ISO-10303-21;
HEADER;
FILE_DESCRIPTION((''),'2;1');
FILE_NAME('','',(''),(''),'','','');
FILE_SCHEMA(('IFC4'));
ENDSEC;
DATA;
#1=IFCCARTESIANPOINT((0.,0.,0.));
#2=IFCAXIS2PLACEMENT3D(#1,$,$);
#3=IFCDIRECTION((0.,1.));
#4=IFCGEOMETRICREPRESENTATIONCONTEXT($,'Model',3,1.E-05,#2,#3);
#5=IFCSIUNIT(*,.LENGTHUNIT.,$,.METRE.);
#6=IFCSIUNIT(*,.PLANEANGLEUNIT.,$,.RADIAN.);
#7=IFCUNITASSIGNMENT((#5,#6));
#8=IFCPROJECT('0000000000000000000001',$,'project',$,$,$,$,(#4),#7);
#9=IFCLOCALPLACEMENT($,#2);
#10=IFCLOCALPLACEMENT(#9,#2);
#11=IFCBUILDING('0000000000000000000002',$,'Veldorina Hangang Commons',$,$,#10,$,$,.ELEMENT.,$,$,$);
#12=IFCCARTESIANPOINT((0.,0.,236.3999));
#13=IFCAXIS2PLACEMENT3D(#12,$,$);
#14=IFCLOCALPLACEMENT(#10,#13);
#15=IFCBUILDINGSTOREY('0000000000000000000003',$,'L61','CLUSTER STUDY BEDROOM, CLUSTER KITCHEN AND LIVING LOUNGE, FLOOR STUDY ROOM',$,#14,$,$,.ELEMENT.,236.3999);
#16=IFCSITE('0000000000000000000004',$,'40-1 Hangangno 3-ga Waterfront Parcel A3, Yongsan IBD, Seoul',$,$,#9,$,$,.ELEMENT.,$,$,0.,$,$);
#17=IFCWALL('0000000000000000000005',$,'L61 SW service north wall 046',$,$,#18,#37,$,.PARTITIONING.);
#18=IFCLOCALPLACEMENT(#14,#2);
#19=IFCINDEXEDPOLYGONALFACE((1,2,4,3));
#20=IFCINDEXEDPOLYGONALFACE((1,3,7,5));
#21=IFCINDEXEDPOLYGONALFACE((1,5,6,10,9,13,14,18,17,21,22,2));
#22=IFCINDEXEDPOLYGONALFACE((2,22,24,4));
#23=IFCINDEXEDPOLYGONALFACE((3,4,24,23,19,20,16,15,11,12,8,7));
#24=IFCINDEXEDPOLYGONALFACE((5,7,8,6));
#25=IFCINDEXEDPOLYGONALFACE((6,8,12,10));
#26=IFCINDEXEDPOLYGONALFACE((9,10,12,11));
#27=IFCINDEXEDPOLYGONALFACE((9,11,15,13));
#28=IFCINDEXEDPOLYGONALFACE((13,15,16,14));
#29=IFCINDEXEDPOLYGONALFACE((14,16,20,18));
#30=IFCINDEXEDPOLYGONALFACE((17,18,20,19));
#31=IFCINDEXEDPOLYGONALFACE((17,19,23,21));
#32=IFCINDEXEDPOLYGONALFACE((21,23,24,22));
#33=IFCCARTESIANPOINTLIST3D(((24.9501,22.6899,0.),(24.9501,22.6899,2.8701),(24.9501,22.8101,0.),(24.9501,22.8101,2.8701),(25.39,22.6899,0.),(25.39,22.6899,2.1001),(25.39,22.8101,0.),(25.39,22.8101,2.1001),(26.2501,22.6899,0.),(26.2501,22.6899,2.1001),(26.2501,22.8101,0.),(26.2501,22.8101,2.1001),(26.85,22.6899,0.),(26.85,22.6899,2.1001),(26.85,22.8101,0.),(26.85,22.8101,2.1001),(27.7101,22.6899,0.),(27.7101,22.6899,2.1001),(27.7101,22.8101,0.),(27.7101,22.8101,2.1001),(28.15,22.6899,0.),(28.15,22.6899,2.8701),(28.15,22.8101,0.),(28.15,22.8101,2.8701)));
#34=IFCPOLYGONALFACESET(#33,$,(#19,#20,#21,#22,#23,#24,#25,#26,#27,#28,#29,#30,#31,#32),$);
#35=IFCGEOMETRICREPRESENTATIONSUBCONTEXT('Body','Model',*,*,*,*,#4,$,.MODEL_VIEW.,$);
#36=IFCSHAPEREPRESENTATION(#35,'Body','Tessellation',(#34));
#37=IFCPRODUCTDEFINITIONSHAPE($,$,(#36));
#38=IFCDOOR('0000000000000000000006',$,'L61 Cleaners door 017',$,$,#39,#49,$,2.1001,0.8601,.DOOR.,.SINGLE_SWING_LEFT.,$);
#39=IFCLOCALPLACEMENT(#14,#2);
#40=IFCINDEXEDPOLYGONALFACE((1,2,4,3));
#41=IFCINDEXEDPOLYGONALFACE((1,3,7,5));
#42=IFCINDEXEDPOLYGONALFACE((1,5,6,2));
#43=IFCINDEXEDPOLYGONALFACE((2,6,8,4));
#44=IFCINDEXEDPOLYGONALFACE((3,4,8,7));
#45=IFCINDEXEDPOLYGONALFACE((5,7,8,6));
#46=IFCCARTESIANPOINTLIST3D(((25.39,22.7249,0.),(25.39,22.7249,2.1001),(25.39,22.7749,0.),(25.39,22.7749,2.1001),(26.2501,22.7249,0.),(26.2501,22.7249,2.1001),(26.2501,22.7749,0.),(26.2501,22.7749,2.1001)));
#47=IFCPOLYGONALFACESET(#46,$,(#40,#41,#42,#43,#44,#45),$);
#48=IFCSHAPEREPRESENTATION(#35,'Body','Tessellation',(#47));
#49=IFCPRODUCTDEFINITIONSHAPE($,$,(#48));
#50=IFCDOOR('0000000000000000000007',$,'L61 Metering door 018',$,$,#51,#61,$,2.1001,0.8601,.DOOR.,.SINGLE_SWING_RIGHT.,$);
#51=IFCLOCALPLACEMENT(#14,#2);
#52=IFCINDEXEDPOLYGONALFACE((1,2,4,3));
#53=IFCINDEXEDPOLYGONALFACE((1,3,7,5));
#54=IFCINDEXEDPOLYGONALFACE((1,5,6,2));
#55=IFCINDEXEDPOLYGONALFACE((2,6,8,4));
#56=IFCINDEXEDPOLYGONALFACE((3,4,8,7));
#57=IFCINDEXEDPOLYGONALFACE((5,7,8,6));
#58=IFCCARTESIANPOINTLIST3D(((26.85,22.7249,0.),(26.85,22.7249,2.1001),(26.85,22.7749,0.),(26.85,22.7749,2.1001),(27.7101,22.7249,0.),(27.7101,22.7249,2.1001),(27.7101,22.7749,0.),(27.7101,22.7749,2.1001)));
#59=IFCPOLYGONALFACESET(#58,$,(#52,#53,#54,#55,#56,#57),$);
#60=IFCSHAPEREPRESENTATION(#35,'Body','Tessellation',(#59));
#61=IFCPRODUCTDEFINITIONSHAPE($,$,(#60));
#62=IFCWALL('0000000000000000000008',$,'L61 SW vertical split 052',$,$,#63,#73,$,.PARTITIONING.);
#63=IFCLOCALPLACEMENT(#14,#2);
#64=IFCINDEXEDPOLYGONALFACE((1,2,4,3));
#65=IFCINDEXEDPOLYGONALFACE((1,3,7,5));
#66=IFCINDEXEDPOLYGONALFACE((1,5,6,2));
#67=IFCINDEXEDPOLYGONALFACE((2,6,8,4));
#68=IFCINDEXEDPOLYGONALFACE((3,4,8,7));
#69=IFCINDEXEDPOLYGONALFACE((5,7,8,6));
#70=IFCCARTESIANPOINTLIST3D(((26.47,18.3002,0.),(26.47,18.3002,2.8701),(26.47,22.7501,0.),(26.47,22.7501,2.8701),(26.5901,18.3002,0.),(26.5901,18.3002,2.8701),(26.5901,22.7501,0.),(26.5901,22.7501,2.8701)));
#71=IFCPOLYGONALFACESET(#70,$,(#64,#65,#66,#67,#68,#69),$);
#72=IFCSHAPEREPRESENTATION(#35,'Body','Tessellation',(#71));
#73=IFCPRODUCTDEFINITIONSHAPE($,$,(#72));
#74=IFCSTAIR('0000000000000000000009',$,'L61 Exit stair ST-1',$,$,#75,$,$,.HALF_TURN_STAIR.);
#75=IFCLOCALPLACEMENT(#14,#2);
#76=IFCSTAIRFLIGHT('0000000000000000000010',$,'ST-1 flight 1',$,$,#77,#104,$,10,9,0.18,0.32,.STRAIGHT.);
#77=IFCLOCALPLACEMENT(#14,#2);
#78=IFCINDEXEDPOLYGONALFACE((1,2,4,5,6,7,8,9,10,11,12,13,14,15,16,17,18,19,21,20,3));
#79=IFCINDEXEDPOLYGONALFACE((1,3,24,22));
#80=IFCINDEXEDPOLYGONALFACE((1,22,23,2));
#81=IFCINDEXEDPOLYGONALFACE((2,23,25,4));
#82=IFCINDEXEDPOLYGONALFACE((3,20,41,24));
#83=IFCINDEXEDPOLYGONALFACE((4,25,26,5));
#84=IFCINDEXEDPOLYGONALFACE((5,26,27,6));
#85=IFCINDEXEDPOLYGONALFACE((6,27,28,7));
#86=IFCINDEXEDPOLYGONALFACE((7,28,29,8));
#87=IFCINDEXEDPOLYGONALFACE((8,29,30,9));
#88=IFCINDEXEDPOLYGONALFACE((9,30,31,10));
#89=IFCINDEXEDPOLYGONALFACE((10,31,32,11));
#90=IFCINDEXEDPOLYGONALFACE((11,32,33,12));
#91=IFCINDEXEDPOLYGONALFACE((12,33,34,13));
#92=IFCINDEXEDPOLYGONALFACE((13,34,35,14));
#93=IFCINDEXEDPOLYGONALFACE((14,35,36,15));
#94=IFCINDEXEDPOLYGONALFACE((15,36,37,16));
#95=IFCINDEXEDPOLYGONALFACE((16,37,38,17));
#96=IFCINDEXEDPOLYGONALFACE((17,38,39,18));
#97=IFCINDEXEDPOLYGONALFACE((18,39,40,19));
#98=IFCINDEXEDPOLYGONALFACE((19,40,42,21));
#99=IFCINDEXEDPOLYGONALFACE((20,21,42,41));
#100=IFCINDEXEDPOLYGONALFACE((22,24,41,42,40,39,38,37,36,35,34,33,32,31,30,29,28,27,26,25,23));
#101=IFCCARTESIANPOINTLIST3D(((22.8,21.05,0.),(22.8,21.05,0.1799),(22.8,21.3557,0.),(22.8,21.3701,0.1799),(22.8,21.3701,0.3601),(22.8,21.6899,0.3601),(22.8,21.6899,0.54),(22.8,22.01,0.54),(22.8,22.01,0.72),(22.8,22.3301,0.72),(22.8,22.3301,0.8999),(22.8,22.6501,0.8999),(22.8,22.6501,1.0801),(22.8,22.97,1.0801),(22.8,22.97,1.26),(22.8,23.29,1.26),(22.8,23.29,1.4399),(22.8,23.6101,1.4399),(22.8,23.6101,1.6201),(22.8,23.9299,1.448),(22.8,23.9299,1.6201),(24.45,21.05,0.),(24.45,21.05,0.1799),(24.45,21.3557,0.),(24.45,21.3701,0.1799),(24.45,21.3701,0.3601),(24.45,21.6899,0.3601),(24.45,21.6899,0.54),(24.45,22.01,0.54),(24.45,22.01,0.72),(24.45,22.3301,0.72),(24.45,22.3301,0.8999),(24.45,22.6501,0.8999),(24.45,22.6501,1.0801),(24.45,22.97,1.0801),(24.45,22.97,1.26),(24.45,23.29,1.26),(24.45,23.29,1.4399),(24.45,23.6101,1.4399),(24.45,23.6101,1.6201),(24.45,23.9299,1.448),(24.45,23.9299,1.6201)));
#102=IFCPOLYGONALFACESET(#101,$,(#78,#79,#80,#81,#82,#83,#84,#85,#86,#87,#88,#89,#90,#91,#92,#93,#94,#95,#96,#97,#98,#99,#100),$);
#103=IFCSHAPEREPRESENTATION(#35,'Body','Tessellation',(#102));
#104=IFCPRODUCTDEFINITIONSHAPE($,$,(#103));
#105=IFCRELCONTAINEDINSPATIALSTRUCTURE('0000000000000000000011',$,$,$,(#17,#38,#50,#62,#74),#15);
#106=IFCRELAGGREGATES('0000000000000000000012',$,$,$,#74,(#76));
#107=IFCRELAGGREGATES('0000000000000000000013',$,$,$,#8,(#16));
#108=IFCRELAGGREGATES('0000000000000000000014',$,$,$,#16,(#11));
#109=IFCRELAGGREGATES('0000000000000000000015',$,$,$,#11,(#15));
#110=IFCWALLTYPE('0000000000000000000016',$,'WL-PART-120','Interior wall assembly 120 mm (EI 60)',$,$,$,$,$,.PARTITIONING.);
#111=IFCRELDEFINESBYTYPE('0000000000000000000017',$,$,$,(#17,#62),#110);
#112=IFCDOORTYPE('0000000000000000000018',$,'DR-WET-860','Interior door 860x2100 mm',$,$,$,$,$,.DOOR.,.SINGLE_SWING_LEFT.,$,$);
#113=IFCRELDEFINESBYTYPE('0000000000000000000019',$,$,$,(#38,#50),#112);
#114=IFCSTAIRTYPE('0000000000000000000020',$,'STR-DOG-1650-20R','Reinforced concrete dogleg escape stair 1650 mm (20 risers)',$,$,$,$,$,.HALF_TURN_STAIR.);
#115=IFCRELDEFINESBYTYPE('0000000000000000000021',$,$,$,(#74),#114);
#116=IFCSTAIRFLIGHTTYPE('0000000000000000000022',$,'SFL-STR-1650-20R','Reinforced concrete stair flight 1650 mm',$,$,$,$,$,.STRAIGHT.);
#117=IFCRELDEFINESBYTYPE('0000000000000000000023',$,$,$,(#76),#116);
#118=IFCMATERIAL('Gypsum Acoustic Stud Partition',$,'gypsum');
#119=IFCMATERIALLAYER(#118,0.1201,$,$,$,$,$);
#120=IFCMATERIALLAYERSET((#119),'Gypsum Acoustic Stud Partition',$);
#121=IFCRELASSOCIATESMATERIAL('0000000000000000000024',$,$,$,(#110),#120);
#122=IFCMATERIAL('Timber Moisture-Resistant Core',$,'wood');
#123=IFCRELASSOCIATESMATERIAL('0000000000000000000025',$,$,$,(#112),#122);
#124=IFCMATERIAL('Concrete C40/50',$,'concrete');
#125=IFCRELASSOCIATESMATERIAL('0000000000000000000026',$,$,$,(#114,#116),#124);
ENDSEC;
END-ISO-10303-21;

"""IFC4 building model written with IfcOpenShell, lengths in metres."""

from ifc_helpers import new_model, si_unit, direction, frame, frame_2d, origin, place, context, subcontext, project, spatial, polyline, rectangle, outline, extrude, material, layer, layer_set, type_object, element, fill, aggregate, save


model = new_model("IFC4")

# Units and contexts
model_context = context("Model", 3, precision=1e-05, world=origin(), true_north=direction((0.0, 1.0)))
body_context = subcontext(model_context, "Body", "Model", "MODEL_VIEW")
ifc_project = project(units=[si_unit("LENGTHUNIT", "METRE"), si_unit("PLANEANGLEUNIT", "RADIAN")], contexts=[model_context])

# Site, building, storey
site_placement = place(None, origin())
site = spatial("IfcSite", under=ifc_project, at=site_placement, Name="40-1 Hangangno 3-ga Waterfront Parcel A3, Yongsan IBD, Seoul", CompositionType="ELEMENT", RefElevation=0.0)
building_placement = place(site_placement, origin())
building = spatial("IfcBuilding", under=site, at=building_placement, Name="Veldorina Hangang Commons", CompositionType="ELEMENT")
storey_placement = place(building_placement, frame((0.0, 0.0, 236.3999)))
storey = spatial("IfcBuildingStorey", under=building, at=storey_placement, Name="L61", Description="CLUSTER STUDY BEDROOM, CLUSTER KITCHEN AND LIVING LOUNGE, FLOOR STUDY ROOM", CompositionType="ELEMENT", Elevation=236.3999)

# Shared definitions
ifc_material_1 = material(Name="Gypsum Acoustic Stud Partition", Category="gypsum")
ifc_layer_1 = layer(ifc_material_1, 0.1201)
ifc_layer_set_1 = layer_set([ifc_layer_1], Name="Gypsum Acoustic Stud Partition")
wall_type_1 = type_object("IfcWallType", Name="WL-PART-120", Description="Interior wall assembly 120 mm (EI 60)", PredefinedType="PARTITIONING", material=ifc_layer_set_1)

# Wall, openings, doors
wall_1_placement = place(storey_placement, frame((24.95, 22.75, 0.0), z_axis=(0.0, 0.0, 1.0), x_axis=(1.0, 0.0, 0.0)))
wall_1 = element("IfcWall", 1, at=wall_1_placement, inside=storey, type_object=wall_type_1, Name="L61 SW service north wall 046", PredefinedType="PARTITIONING", context=body_context, shape_type="SweptSolid", body=[
    extrude(rectangle(XDim=3.2, YDim=0.1201, at=frame_2d((1.6001, 0.0))), origin(), (0.0, 0.0, 1.0), 2.8701),
])
opening_1_placement = place(wall_1_placement, frame((0.4399, 0.0, 0.0)))
opening_1 = element("IfcOpeningElement", 2, at=opening_1_placement, cuts=wall_1, PredefinedType="OPENING", context=body_context, shape_type="SweptSolid", body=[
    extrude(rectangle(XDim=0.8601, YDim=2.1001, at=frame_2d((0.4302, 1.05))), frame((0.0, 0.0701, 0.0), z_axis=(0.0, -1.0, 0.0), x_axis=(1.0, 0.0, 0.0)), (0.0, 0.0, 1.0), 0.1401),
])
opening_2_placement = place(wall_1_placement, frame((1.8999, 0.0, 0.0)))
opening_2 = element("IfcOpeningElement", 3, at=opening_2_placement, cuts=wall_1, PredefinedType="OPENING", context=body_context, shape_type="SweptSolid", body=[
    extrude(rectangle(XDim=0.8601, YDim=2.1001, at=frame_2d((0.4302, 1.05))), frame((0.0, 0.0701, 0.0), z_axis=(0.0, -1.0, 0.0), x_axis=(1.0, 0.0, 0.0)), (0.0, 0.0, 1.0), 0.1401),
])
ifc_material_2 = material(Name="Timber Moisture-Resistant Core", Category="wood")
door_type_1 = type_object("IfcDoorType", Name="DR-WET-860", Description="Interior door 860x2100 mm", OperationType="SINGLE_SWING_LEFT", PredefinedType="DOOR", material=ifc_material_2)
door_1_placement = place(opening_1_placement, origin())
door_1 = element("IfcDoor", 4, at=door_1_placement, inside=storey, type_object=door_type_1, Name="L61 Cleaners door 017", OperationType="SINGLE_SWING_LEFT", OverallHeight=2.1001, OverallWidth=0.8601, PredefinedType="DOOR", context=body_context, shape_type="SweptSolid", body=[
    extrude(rectangle(XDim=0.8601, YDim=2.1001, at=frame_2d((0.4302, 1.05))), frame((0.0, 0.0249, 0.0), z_axis=(0.0, -1.0, 0.0), x_axis=(1.0, 0.0, 0.0)), (0.0, 0.0, 1.0), 0.05),
])
fill(opening_1, door_1)
door_2_placement = place(opening_2_placement, origin())
door_2 = element("IfcDoor", 5, at=door_2_placement, inside=storey, type_object=door_type_1, Name="L61 Metering door 018", OperationType="SINGLE_SWING_RIGHT", OverallHeight=2.1001, OverallWidth=0.8601, PredefinedType="DOOR", context=body_context, shape_type="SweptSolid", body=[
    extrude(rectangle(XDim=0.8601, YDim=2.1001, at=frame_2d((0.4302, 1.05))), frame((0.0, 0.0249, 0.0), z_axis=(0.0, -1.0, 0.0), x_axis=(1.0, 0.0, 0.0)), (0.0, 0.0, 1.0), 0.05),
])
fill(opening_2, door_2)

# Wall
wall_2_placement = place(storey_placement, frame((26.53, 18.3, 0.0), z_axis=(0.0, 0.0, 1.0), x_axis=(0.0, 1.0, 0.0)))
element("IfcWall", 6, at=wall_2_placement, inside=storey, type_object=wall_type_1, Name="L61 SW vertical split 052", PredefinedType="PARTITIONING", context=body_context, shape_type="SweptSolid", body=[
    extrude(rectangle(XDim=4.45, YDim=0.1201, at=frame_2d((2.2251, 0.0))), origin(), (0.0, 0.0, 1.0), 2.8701),
])

# Stair, stair flight
ifc_material_3 = material(Name="Concrete C40/50", Category="concrete")
stair_type = type_object("IfcStairType", Name="STR-DOG-1650-20R", Description="Reinforced concrete dogleg escape stair 1650 mm (20 risers)", PredefinedType="HALF_TURN_STAIR", material=ifc_material_3)
stair_placement = place(storey_placement, origin())
stair = element("IfcStair", 7, at=stair_placement, inside=storey, type_object=stair_type, Name="L61 Exit stair ST-1", PredefinedType="HALF_TURN_STAIR")
stair_flight_type = type_object("IfcStairFlightType", Name="SFL-STR-1650-20R", Description="Reinforced concrete stair flight 1650 mm", PredefinedType="STRAIGHT", material=ifc_material_3)
stair_flight_placement = place(storey_placement, frame((23.625, 21.05, 0.0), z_axis=(0.0, 0.0, 1.0), x_axis=(0.0, 1.0, 0.0)))
stair_flight = element("IfcStairFlight", 8, at=stair_flight_placement, type_object=stair_flight_type, Name="ST-1 flight 1", NumberOfRisers=10, NumberOfTreads=9, PredefinedType="STRAIGHT", RiserHeight=0.18, TreadLength=0.32, context=body_context, shape_type="SweptSolid", body=[
    extrude(outline(polyline([(0.0, 0.0), (0.0, 0.1799), (0.3201, 0.1799), (0.3201, 0.3601), (0.6399, 0.3601), (0.6399, 0.54), (0.96, 0.54), (0.96, 0.72), (1.28, 0.72), (1.28, 0.8999), (1.6001, 0.8999), (1.6001, 1.0801), (1.9199, 1.0801), (1.9199, 1.26), (2.24, 1.26), (2.24, 1.4399), (2.5601, 1.4399), (2.5601, 1.6201), (2.8799, 1.6201), (2.8799, 1.8), (2.8799, 1.448), (0.3057, 0.0), (0.0, 0.0)])), frame((0.0, 0.825, 0.0), z_axis=(0.0, -1.0, 0.0), x_axis=(1.0, 0.0, 0.0)), (0.0, 0.0, 1.0), 1.6499),
])
aggregate(stair, [stair_flight])

save(model, "model.ifc")
